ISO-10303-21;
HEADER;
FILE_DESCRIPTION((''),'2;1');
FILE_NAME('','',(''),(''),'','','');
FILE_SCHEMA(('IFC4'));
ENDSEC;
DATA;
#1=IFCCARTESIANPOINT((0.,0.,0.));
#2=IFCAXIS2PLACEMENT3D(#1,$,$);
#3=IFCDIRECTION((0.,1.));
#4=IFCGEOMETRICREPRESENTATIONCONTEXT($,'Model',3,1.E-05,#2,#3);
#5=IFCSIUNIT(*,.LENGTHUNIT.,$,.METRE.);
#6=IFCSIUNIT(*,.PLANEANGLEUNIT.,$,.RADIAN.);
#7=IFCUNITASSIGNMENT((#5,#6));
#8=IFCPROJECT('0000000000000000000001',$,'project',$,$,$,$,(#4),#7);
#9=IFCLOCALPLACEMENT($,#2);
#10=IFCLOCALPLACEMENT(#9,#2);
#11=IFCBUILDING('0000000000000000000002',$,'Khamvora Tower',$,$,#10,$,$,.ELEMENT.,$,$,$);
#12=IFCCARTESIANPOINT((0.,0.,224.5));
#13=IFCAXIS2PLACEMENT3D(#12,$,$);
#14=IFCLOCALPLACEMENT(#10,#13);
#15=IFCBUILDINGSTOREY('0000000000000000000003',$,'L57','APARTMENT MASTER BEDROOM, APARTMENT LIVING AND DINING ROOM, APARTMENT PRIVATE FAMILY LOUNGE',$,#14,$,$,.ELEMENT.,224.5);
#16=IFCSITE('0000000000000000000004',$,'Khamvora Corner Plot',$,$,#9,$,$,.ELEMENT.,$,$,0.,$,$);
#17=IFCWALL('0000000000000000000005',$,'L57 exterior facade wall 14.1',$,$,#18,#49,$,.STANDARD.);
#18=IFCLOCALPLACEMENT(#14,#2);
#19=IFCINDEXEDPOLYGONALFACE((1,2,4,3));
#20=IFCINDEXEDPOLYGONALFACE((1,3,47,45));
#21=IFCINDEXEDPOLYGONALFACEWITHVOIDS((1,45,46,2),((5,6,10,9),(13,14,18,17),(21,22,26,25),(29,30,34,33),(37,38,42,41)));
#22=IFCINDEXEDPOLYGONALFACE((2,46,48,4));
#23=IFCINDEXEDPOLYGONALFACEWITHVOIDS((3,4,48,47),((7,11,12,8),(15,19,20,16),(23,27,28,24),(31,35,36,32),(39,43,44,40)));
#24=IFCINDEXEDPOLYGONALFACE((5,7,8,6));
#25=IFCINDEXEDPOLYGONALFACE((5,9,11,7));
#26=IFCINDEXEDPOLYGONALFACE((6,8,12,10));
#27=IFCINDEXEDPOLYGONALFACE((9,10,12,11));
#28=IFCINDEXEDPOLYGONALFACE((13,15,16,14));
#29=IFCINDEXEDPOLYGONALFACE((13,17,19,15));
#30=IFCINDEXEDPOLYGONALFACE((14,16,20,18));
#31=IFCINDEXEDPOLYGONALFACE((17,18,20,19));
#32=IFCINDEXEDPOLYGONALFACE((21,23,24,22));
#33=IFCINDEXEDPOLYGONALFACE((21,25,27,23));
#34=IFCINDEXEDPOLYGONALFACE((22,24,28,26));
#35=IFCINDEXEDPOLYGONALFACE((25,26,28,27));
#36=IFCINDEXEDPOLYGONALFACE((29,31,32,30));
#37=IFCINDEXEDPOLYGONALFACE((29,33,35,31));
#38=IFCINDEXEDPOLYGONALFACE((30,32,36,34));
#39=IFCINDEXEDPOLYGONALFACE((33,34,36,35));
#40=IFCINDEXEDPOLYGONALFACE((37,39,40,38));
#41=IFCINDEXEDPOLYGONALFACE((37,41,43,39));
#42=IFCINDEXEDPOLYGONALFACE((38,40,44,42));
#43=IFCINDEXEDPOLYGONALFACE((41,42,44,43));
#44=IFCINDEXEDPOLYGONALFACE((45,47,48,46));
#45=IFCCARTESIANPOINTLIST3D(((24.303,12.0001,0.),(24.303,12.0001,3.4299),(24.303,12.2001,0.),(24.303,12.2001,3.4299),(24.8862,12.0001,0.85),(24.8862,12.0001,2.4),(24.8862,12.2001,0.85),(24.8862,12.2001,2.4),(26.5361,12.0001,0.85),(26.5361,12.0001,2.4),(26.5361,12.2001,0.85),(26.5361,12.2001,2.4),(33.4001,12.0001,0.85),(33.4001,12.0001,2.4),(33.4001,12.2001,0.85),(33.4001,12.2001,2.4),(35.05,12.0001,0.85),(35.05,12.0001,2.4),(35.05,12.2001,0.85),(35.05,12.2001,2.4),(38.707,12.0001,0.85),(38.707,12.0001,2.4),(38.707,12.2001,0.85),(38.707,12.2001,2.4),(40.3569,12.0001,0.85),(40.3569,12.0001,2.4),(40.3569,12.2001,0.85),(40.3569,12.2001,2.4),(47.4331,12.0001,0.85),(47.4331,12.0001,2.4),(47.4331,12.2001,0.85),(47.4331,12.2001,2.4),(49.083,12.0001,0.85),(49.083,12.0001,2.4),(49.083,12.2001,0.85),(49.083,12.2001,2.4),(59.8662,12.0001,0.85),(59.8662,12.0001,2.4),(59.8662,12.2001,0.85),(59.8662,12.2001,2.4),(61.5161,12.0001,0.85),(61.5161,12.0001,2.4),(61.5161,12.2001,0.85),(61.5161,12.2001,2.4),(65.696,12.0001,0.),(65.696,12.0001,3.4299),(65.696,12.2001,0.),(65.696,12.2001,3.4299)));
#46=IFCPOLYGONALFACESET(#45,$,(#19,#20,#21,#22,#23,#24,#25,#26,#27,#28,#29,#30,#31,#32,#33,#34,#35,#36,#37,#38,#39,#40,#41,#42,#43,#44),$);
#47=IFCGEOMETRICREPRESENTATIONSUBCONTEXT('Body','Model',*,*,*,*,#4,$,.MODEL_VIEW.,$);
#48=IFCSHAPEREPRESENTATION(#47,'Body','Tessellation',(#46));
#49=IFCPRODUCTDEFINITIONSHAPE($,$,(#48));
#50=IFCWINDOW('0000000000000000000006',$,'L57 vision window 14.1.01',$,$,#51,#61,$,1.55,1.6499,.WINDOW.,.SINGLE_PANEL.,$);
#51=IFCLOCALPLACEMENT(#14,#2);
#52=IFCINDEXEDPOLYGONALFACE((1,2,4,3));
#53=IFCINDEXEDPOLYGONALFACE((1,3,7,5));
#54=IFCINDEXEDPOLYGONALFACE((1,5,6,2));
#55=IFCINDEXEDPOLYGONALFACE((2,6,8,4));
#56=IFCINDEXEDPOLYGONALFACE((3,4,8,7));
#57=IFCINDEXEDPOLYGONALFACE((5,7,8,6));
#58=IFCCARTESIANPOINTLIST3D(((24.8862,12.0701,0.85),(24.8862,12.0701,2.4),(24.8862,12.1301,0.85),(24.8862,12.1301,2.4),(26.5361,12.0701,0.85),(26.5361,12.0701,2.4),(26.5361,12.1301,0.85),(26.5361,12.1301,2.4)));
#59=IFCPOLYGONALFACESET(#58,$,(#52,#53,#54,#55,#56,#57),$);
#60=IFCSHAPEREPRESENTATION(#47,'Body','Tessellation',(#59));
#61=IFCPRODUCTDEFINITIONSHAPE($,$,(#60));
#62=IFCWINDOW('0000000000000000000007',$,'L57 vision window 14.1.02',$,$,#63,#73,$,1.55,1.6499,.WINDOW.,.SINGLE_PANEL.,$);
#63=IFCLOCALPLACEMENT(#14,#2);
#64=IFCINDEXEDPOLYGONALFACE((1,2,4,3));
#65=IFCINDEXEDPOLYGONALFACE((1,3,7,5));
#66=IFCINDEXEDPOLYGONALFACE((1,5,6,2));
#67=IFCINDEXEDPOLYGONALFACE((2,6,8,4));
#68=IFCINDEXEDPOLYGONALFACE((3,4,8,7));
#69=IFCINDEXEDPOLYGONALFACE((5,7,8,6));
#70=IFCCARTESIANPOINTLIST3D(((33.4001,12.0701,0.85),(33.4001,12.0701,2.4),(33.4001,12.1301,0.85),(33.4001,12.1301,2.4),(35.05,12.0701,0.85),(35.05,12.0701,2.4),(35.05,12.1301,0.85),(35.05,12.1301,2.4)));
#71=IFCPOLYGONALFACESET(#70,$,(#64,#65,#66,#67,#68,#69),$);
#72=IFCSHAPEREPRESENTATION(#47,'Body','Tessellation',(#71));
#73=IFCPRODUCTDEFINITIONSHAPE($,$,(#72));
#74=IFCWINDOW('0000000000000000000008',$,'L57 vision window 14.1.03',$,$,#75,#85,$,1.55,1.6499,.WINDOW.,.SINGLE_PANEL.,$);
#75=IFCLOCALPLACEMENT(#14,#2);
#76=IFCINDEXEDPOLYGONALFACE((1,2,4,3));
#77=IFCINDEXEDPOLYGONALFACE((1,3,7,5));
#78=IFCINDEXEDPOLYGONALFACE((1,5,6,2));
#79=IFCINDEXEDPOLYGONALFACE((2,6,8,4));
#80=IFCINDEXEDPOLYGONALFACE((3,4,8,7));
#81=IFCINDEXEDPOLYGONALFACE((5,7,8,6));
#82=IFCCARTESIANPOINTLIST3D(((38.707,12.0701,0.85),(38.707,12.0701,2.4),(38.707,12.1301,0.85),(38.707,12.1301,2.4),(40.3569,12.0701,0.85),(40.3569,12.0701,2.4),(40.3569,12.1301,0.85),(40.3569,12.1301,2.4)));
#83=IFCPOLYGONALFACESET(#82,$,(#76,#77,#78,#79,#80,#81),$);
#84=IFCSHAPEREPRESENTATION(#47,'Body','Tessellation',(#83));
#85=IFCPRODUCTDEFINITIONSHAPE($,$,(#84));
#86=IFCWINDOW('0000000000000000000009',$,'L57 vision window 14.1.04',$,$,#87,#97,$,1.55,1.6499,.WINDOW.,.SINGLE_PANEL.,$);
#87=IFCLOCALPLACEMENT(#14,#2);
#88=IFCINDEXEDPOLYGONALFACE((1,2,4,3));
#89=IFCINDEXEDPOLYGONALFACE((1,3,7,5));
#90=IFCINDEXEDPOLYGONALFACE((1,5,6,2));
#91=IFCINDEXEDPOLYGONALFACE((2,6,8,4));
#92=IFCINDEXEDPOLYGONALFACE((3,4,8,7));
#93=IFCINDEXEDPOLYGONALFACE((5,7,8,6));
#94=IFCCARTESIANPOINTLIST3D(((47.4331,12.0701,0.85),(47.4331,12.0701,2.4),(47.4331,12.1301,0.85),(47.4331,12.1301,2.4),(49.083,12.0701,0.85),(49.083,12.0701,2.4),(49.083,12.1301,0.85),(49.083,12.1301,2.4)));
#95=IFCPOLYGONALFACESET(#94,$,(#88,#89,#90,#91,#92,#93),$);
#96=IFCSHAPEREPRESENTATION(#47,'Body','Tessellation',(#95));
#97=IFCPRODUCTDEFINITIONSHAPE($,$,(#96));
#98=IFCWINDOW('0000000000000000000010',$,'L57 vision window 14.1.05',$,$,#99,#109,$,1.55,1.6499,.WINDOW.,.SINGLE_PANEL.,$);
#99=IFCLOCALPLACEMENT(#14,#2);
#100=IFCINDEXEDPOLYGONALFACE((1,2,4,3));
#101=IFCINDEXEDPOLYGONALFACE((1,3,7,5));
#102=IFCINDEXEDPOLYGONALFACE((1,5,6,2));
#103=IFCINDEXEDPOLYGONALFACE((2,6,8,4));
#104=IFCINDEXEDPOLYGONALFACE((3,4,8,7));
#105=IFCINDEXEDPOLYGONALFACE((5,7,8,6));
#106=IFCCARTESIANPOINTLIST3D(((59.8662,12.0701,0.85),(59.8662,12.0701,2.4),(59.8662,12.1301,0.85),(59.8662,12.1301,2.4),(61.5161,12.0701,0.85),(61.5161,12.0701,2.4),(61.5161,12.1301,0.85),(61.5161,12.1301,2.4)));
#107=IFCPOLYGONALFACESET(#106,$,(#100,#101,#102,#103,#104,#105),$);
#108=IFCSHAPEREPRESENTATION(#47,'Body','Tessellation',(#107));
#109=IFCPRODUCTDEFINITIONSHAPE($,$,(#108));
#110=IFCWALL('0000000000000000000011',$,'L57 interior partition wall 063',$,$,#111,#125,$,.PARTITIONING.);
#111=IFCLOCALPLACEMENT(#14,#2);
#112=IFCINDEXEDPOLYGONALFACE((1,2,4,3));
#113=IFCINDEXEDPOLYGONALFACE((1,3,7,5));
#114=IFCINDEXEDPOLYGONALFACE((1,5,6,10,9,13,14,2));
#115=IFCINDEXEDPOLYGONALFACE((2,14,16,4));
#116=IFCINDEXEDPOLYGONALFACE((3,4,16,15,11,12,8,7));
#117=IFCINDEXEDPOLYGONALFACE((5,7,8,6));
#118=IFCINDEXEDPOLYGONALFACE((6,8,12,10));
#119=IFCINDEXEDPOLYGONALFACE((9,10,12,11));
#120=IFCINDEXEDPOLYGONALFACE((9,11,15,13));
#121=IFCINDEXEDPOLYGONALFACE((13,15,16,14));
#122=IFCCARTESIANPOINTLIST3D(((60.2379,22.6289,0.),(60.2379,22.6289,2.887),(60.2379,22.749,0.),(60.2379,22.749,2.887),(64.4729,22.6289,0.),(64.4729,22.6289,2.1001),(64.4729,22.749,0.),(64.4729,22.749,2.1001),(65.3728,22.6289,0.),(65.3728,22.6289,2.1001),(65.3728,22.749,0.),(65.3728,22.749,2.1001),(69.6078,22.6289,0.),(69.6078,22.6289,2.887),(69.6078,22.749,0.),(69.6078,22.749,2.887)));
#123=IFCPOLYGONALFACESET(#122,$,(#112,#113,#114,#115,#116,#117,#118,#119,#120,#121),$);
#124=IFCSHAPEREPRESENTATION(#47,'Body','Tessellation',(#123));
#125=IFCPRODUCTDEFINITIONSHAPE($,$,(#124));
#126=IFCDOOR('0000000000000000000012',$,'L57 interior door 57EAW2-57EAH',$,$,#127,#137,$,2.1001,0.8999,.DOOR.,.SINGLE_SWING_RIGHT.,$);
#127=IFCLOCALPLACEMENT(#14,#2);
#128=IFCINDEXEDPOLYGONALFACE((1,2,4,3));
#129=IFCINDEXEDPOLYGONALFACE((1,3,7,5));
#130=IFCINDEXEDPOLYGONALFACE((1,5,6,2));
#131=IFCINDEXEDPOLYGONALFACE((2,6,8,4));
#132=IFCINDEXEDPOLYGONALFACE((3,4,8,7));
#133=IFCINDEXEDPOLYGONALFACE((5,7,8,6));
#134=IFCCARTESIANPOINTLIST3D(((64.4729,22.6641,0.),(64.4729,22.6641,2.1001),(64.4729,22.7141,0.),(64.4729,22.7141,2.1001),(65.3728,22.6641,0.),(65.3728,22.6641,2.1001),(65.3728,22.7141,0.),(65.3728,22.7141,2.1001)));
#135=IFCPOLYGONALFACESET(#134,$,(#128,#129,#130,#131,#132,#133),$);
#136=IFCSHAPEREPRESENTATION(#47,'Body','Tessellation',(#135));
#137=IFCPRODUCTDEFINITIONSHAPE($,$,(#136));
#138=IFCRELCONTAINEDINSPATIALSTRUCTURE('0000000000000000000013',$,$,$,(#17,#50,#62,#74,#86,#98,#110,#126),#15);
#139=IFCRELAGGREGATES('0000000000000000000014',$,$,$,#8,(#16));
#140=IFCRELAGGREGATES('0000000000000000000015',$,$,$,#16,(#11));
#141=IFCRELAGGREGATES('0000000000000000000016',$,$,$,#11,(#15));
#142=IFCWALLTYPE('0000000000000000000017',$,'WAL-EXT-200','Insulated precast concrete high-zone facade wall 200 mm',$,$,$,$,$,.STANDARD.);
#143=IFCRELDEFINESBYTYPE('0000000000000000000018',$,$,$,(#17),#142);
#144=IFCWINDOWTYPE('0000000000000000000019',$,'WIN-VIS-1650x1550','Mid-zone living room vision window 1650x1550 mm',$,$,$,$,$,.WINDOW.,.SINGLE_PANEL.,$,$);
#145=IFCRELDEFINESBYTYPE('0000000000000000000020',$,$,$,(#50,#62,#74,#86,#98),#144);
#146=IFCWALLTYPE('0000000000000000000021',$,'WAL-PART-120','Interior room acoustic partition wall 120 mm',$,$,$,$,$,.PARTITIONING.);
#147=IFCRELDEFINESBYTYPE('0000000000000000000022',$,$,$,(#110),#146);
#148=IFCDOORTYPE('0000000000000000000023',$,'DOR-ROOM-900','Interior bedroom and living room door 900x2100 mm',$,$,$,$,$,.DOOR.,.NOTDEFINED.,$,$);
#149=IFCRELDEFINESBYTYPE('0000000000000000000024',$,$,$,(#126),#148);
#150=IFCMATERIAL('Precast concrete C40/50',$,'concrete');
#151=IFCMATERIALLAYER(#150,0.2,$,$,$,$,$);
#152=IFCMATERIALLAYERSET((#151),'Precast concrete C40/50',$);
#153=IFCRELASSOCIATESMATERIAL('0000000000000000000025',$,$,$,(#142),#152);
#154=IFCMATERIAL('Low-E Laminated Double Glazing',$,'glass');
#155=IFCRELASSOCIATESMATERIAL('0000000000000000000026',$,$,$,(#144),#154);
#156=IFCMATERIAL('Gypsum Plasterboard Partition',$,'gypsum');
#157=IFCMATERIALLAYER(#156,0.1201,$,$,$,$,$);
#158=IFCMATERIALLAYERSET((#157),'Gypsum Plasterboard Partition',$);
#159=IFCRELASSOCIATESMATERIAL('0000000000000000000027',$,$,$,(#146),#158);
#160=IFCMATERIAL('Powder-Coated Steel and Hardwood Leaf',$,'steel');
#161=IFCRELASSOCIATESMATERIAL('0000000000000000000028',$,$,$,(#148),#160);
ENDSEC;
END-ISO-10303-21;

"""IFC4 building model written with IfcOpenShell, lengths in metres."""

from ifc_helpers import new_model, si_unit, direction, frame, frame_2d, origin, place, context, subcontext, project, spatial, rectangle, extrude, material, layer, layer_set, type_object, element, fill, save


model = new_model("IFC4")

# Units and contexts
model_context = context("Model", 3, precision=1e-05, world=origin(), true_north=direction((0.0, 1.0)))
body_context = subcontext(model_context, "Body", "Model", "MODEL_VIEW")
ifc_project = project(units=[si_unit("LENGTHUNIT", "METRE"), si_unit("PLANEANGLEUNIT", "RADIAN")], contexts=[model_context])

# Site, building, storey
site_placement = place(None, origin())
site = spatial("IfcSite", under=ifc_project, at=site_placement, Name="Khamvora Corner Plot", CompositionType="ELEMENT", RefElevation=0.0)
building_placement = place(site_placement, origin())
building = spatial("IfcBuilding", under=site, at=building_placement, Name="Khamvora Tower", CompositionType="ELEMENT")
storey_placement = place(building_placement, frame((0.0, 0.0, 224.5)))
storey = spatial("IfcBuildingStorey", under=building, at=storey_placement, Name="L57", Description="APARTMENT MASTER BEDROOM, APARTMENT LIVING AND DINING ROOM, APARTMENT PRIVATE FAMILY LOUNGE", CompositionType="ELEMENT", Elevation=224.5)

# Shared definitions
ifc_material_1 = material(Name="Precast concrete C40/50", Category="concrete")
ifc_layer_1 = layer(ifc_material_1, 0.2)
ifc_layer_set_1 = layer_set([ifc_layer_1], Name="Precast concrete C40/50")
wall_type_1 = type_object("IfcWallType", Name="WAL-EXT-200", Description="Insulated precast concrete high-zone facade wall 200 mm", PredefinedType="STANDARD", material=ifc_layer_set_1)

# Shared definitions
ifc_material_2 = material(Name="Low-E Laminated Double Glazing", Category="glass")
window_type_1 = type_object("IfcWindowType", Name="WIN-VIS-1650x1550", Description="Mid-zone living room vision window 1650x1550 mm", PartitioningType="SINGLE_PANEL", PredefinedType="WINDOW", material=ifc_material_2)

# Wall, openings, windows
wall_1_placement = place(storey_placement, frame((65.696, 12.1001, 0.0), z_axis=(0.0, 0.0, 1.0), x_axis=(-1.0, 0.0, 0.0)))
wall_1 = element("IfcWall", 1, at=wall_1_placement, inside=storey, type_object=wall_type_1, Name="L57 exterior facade wall 14.1", PredefinedType="STANDARD", context=body_context, shape_type="SweptSolid", body=[
    extrude(rectangle(XDim=41.3931, YDim=0.2, at=frame_2d((20.6965, 0.0))), origin(), (0.0, 0.0, 1.0), 3.4299),
])
opening_1_placement = place(wall_1_placement, frame((39.1599, 0.0, 0.8501)))
opening_1 = element("IfcOpeningElement", 2, at=opening_1_placement, cuts=wall_1, PredefinedType="OPENING", context=body_context, shape_type="SweptSolid", body=[
    extrude(rectangle(XDim=1.6499, YDim=1.55, at=frame_2d((0.825, 0.7749))), frame((0.0, 0.1099, 0.0), z_axis=(0.0, -1.0, 0.0), x_axis=(1.0, 0.0, 0.0)), (0.0, 0.0, 1.0), 0.22),
])
opening_2_placement = place(wall_1_placement, frame((30.646, 0.0, 0.8501)))
opening_2 = element("IfcOpeningElement", 3, at=opening_2_placement, cuts=wall_1, PredefinedType="OPENING", context=body_context, shape_type="SweptSolid", body=[
    extrude(rectangle(XDim=1.6499, YDim=1.55, at=frame_2d((0.825, 0.7749))), frame((0.0, 0.1099, 0.0), z_axis=(0.0, -1.0, 0.0), x_axis=(1.0, 0.0, 0.0)), (0.0, 0.0, 1.0), 0.22),
])
opening_3_placement = place(wall_1_placement, frame((25.3391, 0.0, 0.8501)))
opening_3 = element("IfcOpeningElement", 4, at=opening_3_placement, cuts=wall_1, PredefinedType="OPENING", context=body_context, shape_type="SweptSolid", body=[
    extrude(rectangle(XDim=1.6499, YDim=1.55, at=frame_2d((0.825, 0.7749))), frame((0.0, 0.1099, 0.0), z_axis=(0.0, -1.0, 0.0), x_axis=(1.0, 0.0, 0.0)), (0.0, 0.0, 1.0), 0.22),
])
opening_4_placement = place(wall_1_placement, frame((16.613, 0.0, 0.8501)))
opening_4 = element("IfcOpeningElement", 5, at=opening_4_placement, cuts=wall_1, PredefinedType="OPENING", context=body_context, shape_type="SweptSolid", body=[
    extrude(rectangle(XDim=1.6499, YDim=1.55, at=frame_2d((0.825, 0.7749))), frame((0.0, 0.1099, 0.0), z_axis=(0.0, -1.0, 0.0), x_axis=(1.0, 0.0, 0.0)), (0.0, 0.0, 1.0), 0.22),
])
opening_5_placement = place(wall_1_placement, frame((4.1799, 0.0, 0.8501)))
opening_5 = element("IfcOpeningElement", 6, at=opening_5_placement, cuts=wall_1, PredefinedType="OPENING", context=body_context, shape_type="SweptSolid", body=[
    extrude(rectangle(XDim=1.6499, YDim=1.55, at=frame_2d((0.825, 0.7749))), frame((0.0, 0.1099, 0.0), z_axis=(0.0, -1.0, 0.0), x_axis=(1.0, 0.0, 0.0)), (0.0, 0.0, 1.0), 0.22),
])
window_1_placement = place(opening_1_placement, origin())
window_1 = element("IfcWindow", 7, at=window_1_placement, inside=storey, type_object=window_type_1, Name="L57 vision window 14.1.01", OverallHeight=1.55, OverallWidth=1.6499, PartitioningType="SINGLE_PANEL", PredefinedType="WINDOW", context=body_context, shape_type="SweptSolid", body=[
    extrude(rectangle(XDim=1.6499, YDim=1.55, at=frame_2d((0.825, 0.7749))), frame((0.0, 0.03, 0.0), z_axis=(0.0, -1.0, 0.0), x_axis=(1.0, 0.0, 0.0)), (0.0, 0.0, 1.0), 0.0601),
])
fill(opening_1, window_1)
window_2_placement = place(opening_2_placement, origin())
window_2 = element("IfcWindow", 8, at=window_2_placement, inside=storey, type_object=window_type_1, Name="L57 vision window 14.1.02", OverallHeight=1.55, OverallWidth=1.6499, PartitioningType="SINGLE_PANEL", PredefinedType="WINDOW", context=body_context, shape_type="SweptSolid", body=[
    extrude(rectangle(XDim=1.6499, YDim=1.55, at=frame_2d((0.825, 0.7749))), frame((0.0, 0.03, 0.0), z_axis=(0.0, -1.0, 0.0), x_axis=(1.0, 0.0, 0.0)), (0.0, 0.0, 1.0), 0.0601),
])
fill(opening_2, window_2)
window_3_placement = place(opening_3_placement, origin())
window_3 = element("IfcWindow", 9, at=window_3_placement, inside=storey, type_object=window_type_1, Name="L57 vision window 14.1.03", OverallHeight=1.55, OverallWidth=1.6499, PartitioningType="SINGLE_PANEL", PredefinedType="WINDOW", context=body_context, shape_type="SweptSolid", body=[
    extrude(rectangle(XDim=1.6499, YDim=1.55, at=frame_2d((0.825, 0.7749))), frame((0.0, 0.03, 0.0), z_axis=(0.0, -1.0, 0.0), x_axis=(1.0, 0.0, 0.0)), (0.0, 0.0, 1.0), 0.0601),
])
fill(opening_3, window_3)
window_4_placement = place(opening_4_placement, origin())
window_4 = element("IfcWindow", 10, at=window_4_placement, inside=storey, type_object=window_type_1, Name="L57 vision window 14.1.04", OverallHeight=1.55, OverallWidth=1.6499, PartitioningType="SINGLE_PANEL", PredefinedType="WINDOW", context=body_context, shape_type="SweptSolid", body=[
    extrude(rectangle(XDim=1.6499, YDim=1.55, at=frame_2d((0.825, 0.7749))), frame((0.0, 0.03, 0.0), z_axis=(0.0, -1.0, 0.0), x_axis=(1.0, 0.0, 0.0)), (0.0, 0.0, 1.0), 0.0601),
])
fill(opening_4, window_4)
window_5_placement = place(opening_5_placement, origin())
window_5 = element("IfcWindow", 11, at=window_5_placement, inside=storey, type_object=window_type_1, Name="L57 vision window 14.1.05", OverallHeight=1.55, OverallWidth=1.6499, PartitioningType="SINGLE_PANEL", PredefinedType="WINDOW", context=body_context, shape_type="SweptSolid", body=[
    extrude(rectangle(XDim=1.6499, YDim=1.55, at=frame_2d((0.825, 0.7749))), frame((0.0, 0.03, 0.0), z_axis=(0.0, -1.0, 0.0), x_axis=(1.0, 0.0, 0.0)), (0.0, 0.0, 1.0), 0.0601),
])
fill(opening_5, window_5)

# Wall, opening, door
ifc_material_3 = material(Name="Gypsum Plasterboard Partition", Category="gypsum")
ifc_layer_2 = layer(ifc_material_3, 0.1201)
ifc_layer_set_2 = layer_set([ifc_layer_2], Name="Gypsum Plasterboard Partition")
wall_type_2 = type_object("IfcWallType", Name="WAL-PART-120", Description="Interior room acoustic partition wall 120 mm", PredefinedType="PARTITIONING", material=ifc_layer_set_2)
wall_2_placement = place(storey_placement, frame((69.6079, 22.689, 0.0), z_axis=(0.0, 0.0, 1.0), x_axis=(-1.0, 0.0, 0.0)))
wall_2 = element("IfcWall", 12, at=wall_2_placement, inside=storey, type_object=wall_type_2, Name="L57 interior partition wall 063", PredefinedType="PARTITIONING", context=body_context, shape_type="SweptSolid", body=[
    extrude(rectangle(XDim=9.3699, YDim=0.1201, at=frame_2d((4.6851, 0.0))), origin(), (0.0, 0.0, 1.0), 2.887),
])
opening_6_placement = place(wall_2_placement, frame((4.2351, 0.0, 0.0)))
opening_6 = element("IfcOpeningElement", 13, at=opening_6_placement, cuts=wall_2, PredefinedType="OPENING", context=body_context, shape_type="SweptSolid", body=[
    extrude(rectangle(XDim=0.8999, YDim=2.1001, at=frame_2d((0.45, 1.05))), frame((0.0, 0.0701, 0.0), z_axis=(0.0, -1.0, 0.0), x_axis=(1.0, 0.0, 0.0)), (0.0, 0.0, 1.0), 0.1401),
])
ifc_material_4 = material(Name="Powder-Coated Steel and Hardwood Leaf", Category="steel")
door_type = type_object("IfcDoorType", Name="DOR-ROOM-900", Description="Interior bedroom and living room door 900x2100 mm", OperationType="NOTDEFINED", PredefinedType="DOOR", material=ifc_material_4)
door_1_placement = place(opening_6_placement, origin())
door_1 = element("IfcDoor", 14, at=door_1_placement, inside=storey, type_object=door_type, Name="L57 interior door 57EAW2-57EAH", OperationType="SINGLE_SWING_RIGHT", OverallHeight=2.1001, OverallWidth=0.8999, PredefinedType="DOOR", context=body_context, shape_type="SweptSolid", body=[
    extrude(rectangle(XDim=0.8999, YDim=2.1001, at=frame_2d((0.45, 1.05))), frame((0.0, 0.0249, 0.0), z_axis=(0.0, -1.0, 0.0), x_axis=(1.0, 0.0, 0.0)), (0.0, 0.0, 1.0), 0.05),
])
fill(opening_6, door_1)

save(model, "model.ifc")
